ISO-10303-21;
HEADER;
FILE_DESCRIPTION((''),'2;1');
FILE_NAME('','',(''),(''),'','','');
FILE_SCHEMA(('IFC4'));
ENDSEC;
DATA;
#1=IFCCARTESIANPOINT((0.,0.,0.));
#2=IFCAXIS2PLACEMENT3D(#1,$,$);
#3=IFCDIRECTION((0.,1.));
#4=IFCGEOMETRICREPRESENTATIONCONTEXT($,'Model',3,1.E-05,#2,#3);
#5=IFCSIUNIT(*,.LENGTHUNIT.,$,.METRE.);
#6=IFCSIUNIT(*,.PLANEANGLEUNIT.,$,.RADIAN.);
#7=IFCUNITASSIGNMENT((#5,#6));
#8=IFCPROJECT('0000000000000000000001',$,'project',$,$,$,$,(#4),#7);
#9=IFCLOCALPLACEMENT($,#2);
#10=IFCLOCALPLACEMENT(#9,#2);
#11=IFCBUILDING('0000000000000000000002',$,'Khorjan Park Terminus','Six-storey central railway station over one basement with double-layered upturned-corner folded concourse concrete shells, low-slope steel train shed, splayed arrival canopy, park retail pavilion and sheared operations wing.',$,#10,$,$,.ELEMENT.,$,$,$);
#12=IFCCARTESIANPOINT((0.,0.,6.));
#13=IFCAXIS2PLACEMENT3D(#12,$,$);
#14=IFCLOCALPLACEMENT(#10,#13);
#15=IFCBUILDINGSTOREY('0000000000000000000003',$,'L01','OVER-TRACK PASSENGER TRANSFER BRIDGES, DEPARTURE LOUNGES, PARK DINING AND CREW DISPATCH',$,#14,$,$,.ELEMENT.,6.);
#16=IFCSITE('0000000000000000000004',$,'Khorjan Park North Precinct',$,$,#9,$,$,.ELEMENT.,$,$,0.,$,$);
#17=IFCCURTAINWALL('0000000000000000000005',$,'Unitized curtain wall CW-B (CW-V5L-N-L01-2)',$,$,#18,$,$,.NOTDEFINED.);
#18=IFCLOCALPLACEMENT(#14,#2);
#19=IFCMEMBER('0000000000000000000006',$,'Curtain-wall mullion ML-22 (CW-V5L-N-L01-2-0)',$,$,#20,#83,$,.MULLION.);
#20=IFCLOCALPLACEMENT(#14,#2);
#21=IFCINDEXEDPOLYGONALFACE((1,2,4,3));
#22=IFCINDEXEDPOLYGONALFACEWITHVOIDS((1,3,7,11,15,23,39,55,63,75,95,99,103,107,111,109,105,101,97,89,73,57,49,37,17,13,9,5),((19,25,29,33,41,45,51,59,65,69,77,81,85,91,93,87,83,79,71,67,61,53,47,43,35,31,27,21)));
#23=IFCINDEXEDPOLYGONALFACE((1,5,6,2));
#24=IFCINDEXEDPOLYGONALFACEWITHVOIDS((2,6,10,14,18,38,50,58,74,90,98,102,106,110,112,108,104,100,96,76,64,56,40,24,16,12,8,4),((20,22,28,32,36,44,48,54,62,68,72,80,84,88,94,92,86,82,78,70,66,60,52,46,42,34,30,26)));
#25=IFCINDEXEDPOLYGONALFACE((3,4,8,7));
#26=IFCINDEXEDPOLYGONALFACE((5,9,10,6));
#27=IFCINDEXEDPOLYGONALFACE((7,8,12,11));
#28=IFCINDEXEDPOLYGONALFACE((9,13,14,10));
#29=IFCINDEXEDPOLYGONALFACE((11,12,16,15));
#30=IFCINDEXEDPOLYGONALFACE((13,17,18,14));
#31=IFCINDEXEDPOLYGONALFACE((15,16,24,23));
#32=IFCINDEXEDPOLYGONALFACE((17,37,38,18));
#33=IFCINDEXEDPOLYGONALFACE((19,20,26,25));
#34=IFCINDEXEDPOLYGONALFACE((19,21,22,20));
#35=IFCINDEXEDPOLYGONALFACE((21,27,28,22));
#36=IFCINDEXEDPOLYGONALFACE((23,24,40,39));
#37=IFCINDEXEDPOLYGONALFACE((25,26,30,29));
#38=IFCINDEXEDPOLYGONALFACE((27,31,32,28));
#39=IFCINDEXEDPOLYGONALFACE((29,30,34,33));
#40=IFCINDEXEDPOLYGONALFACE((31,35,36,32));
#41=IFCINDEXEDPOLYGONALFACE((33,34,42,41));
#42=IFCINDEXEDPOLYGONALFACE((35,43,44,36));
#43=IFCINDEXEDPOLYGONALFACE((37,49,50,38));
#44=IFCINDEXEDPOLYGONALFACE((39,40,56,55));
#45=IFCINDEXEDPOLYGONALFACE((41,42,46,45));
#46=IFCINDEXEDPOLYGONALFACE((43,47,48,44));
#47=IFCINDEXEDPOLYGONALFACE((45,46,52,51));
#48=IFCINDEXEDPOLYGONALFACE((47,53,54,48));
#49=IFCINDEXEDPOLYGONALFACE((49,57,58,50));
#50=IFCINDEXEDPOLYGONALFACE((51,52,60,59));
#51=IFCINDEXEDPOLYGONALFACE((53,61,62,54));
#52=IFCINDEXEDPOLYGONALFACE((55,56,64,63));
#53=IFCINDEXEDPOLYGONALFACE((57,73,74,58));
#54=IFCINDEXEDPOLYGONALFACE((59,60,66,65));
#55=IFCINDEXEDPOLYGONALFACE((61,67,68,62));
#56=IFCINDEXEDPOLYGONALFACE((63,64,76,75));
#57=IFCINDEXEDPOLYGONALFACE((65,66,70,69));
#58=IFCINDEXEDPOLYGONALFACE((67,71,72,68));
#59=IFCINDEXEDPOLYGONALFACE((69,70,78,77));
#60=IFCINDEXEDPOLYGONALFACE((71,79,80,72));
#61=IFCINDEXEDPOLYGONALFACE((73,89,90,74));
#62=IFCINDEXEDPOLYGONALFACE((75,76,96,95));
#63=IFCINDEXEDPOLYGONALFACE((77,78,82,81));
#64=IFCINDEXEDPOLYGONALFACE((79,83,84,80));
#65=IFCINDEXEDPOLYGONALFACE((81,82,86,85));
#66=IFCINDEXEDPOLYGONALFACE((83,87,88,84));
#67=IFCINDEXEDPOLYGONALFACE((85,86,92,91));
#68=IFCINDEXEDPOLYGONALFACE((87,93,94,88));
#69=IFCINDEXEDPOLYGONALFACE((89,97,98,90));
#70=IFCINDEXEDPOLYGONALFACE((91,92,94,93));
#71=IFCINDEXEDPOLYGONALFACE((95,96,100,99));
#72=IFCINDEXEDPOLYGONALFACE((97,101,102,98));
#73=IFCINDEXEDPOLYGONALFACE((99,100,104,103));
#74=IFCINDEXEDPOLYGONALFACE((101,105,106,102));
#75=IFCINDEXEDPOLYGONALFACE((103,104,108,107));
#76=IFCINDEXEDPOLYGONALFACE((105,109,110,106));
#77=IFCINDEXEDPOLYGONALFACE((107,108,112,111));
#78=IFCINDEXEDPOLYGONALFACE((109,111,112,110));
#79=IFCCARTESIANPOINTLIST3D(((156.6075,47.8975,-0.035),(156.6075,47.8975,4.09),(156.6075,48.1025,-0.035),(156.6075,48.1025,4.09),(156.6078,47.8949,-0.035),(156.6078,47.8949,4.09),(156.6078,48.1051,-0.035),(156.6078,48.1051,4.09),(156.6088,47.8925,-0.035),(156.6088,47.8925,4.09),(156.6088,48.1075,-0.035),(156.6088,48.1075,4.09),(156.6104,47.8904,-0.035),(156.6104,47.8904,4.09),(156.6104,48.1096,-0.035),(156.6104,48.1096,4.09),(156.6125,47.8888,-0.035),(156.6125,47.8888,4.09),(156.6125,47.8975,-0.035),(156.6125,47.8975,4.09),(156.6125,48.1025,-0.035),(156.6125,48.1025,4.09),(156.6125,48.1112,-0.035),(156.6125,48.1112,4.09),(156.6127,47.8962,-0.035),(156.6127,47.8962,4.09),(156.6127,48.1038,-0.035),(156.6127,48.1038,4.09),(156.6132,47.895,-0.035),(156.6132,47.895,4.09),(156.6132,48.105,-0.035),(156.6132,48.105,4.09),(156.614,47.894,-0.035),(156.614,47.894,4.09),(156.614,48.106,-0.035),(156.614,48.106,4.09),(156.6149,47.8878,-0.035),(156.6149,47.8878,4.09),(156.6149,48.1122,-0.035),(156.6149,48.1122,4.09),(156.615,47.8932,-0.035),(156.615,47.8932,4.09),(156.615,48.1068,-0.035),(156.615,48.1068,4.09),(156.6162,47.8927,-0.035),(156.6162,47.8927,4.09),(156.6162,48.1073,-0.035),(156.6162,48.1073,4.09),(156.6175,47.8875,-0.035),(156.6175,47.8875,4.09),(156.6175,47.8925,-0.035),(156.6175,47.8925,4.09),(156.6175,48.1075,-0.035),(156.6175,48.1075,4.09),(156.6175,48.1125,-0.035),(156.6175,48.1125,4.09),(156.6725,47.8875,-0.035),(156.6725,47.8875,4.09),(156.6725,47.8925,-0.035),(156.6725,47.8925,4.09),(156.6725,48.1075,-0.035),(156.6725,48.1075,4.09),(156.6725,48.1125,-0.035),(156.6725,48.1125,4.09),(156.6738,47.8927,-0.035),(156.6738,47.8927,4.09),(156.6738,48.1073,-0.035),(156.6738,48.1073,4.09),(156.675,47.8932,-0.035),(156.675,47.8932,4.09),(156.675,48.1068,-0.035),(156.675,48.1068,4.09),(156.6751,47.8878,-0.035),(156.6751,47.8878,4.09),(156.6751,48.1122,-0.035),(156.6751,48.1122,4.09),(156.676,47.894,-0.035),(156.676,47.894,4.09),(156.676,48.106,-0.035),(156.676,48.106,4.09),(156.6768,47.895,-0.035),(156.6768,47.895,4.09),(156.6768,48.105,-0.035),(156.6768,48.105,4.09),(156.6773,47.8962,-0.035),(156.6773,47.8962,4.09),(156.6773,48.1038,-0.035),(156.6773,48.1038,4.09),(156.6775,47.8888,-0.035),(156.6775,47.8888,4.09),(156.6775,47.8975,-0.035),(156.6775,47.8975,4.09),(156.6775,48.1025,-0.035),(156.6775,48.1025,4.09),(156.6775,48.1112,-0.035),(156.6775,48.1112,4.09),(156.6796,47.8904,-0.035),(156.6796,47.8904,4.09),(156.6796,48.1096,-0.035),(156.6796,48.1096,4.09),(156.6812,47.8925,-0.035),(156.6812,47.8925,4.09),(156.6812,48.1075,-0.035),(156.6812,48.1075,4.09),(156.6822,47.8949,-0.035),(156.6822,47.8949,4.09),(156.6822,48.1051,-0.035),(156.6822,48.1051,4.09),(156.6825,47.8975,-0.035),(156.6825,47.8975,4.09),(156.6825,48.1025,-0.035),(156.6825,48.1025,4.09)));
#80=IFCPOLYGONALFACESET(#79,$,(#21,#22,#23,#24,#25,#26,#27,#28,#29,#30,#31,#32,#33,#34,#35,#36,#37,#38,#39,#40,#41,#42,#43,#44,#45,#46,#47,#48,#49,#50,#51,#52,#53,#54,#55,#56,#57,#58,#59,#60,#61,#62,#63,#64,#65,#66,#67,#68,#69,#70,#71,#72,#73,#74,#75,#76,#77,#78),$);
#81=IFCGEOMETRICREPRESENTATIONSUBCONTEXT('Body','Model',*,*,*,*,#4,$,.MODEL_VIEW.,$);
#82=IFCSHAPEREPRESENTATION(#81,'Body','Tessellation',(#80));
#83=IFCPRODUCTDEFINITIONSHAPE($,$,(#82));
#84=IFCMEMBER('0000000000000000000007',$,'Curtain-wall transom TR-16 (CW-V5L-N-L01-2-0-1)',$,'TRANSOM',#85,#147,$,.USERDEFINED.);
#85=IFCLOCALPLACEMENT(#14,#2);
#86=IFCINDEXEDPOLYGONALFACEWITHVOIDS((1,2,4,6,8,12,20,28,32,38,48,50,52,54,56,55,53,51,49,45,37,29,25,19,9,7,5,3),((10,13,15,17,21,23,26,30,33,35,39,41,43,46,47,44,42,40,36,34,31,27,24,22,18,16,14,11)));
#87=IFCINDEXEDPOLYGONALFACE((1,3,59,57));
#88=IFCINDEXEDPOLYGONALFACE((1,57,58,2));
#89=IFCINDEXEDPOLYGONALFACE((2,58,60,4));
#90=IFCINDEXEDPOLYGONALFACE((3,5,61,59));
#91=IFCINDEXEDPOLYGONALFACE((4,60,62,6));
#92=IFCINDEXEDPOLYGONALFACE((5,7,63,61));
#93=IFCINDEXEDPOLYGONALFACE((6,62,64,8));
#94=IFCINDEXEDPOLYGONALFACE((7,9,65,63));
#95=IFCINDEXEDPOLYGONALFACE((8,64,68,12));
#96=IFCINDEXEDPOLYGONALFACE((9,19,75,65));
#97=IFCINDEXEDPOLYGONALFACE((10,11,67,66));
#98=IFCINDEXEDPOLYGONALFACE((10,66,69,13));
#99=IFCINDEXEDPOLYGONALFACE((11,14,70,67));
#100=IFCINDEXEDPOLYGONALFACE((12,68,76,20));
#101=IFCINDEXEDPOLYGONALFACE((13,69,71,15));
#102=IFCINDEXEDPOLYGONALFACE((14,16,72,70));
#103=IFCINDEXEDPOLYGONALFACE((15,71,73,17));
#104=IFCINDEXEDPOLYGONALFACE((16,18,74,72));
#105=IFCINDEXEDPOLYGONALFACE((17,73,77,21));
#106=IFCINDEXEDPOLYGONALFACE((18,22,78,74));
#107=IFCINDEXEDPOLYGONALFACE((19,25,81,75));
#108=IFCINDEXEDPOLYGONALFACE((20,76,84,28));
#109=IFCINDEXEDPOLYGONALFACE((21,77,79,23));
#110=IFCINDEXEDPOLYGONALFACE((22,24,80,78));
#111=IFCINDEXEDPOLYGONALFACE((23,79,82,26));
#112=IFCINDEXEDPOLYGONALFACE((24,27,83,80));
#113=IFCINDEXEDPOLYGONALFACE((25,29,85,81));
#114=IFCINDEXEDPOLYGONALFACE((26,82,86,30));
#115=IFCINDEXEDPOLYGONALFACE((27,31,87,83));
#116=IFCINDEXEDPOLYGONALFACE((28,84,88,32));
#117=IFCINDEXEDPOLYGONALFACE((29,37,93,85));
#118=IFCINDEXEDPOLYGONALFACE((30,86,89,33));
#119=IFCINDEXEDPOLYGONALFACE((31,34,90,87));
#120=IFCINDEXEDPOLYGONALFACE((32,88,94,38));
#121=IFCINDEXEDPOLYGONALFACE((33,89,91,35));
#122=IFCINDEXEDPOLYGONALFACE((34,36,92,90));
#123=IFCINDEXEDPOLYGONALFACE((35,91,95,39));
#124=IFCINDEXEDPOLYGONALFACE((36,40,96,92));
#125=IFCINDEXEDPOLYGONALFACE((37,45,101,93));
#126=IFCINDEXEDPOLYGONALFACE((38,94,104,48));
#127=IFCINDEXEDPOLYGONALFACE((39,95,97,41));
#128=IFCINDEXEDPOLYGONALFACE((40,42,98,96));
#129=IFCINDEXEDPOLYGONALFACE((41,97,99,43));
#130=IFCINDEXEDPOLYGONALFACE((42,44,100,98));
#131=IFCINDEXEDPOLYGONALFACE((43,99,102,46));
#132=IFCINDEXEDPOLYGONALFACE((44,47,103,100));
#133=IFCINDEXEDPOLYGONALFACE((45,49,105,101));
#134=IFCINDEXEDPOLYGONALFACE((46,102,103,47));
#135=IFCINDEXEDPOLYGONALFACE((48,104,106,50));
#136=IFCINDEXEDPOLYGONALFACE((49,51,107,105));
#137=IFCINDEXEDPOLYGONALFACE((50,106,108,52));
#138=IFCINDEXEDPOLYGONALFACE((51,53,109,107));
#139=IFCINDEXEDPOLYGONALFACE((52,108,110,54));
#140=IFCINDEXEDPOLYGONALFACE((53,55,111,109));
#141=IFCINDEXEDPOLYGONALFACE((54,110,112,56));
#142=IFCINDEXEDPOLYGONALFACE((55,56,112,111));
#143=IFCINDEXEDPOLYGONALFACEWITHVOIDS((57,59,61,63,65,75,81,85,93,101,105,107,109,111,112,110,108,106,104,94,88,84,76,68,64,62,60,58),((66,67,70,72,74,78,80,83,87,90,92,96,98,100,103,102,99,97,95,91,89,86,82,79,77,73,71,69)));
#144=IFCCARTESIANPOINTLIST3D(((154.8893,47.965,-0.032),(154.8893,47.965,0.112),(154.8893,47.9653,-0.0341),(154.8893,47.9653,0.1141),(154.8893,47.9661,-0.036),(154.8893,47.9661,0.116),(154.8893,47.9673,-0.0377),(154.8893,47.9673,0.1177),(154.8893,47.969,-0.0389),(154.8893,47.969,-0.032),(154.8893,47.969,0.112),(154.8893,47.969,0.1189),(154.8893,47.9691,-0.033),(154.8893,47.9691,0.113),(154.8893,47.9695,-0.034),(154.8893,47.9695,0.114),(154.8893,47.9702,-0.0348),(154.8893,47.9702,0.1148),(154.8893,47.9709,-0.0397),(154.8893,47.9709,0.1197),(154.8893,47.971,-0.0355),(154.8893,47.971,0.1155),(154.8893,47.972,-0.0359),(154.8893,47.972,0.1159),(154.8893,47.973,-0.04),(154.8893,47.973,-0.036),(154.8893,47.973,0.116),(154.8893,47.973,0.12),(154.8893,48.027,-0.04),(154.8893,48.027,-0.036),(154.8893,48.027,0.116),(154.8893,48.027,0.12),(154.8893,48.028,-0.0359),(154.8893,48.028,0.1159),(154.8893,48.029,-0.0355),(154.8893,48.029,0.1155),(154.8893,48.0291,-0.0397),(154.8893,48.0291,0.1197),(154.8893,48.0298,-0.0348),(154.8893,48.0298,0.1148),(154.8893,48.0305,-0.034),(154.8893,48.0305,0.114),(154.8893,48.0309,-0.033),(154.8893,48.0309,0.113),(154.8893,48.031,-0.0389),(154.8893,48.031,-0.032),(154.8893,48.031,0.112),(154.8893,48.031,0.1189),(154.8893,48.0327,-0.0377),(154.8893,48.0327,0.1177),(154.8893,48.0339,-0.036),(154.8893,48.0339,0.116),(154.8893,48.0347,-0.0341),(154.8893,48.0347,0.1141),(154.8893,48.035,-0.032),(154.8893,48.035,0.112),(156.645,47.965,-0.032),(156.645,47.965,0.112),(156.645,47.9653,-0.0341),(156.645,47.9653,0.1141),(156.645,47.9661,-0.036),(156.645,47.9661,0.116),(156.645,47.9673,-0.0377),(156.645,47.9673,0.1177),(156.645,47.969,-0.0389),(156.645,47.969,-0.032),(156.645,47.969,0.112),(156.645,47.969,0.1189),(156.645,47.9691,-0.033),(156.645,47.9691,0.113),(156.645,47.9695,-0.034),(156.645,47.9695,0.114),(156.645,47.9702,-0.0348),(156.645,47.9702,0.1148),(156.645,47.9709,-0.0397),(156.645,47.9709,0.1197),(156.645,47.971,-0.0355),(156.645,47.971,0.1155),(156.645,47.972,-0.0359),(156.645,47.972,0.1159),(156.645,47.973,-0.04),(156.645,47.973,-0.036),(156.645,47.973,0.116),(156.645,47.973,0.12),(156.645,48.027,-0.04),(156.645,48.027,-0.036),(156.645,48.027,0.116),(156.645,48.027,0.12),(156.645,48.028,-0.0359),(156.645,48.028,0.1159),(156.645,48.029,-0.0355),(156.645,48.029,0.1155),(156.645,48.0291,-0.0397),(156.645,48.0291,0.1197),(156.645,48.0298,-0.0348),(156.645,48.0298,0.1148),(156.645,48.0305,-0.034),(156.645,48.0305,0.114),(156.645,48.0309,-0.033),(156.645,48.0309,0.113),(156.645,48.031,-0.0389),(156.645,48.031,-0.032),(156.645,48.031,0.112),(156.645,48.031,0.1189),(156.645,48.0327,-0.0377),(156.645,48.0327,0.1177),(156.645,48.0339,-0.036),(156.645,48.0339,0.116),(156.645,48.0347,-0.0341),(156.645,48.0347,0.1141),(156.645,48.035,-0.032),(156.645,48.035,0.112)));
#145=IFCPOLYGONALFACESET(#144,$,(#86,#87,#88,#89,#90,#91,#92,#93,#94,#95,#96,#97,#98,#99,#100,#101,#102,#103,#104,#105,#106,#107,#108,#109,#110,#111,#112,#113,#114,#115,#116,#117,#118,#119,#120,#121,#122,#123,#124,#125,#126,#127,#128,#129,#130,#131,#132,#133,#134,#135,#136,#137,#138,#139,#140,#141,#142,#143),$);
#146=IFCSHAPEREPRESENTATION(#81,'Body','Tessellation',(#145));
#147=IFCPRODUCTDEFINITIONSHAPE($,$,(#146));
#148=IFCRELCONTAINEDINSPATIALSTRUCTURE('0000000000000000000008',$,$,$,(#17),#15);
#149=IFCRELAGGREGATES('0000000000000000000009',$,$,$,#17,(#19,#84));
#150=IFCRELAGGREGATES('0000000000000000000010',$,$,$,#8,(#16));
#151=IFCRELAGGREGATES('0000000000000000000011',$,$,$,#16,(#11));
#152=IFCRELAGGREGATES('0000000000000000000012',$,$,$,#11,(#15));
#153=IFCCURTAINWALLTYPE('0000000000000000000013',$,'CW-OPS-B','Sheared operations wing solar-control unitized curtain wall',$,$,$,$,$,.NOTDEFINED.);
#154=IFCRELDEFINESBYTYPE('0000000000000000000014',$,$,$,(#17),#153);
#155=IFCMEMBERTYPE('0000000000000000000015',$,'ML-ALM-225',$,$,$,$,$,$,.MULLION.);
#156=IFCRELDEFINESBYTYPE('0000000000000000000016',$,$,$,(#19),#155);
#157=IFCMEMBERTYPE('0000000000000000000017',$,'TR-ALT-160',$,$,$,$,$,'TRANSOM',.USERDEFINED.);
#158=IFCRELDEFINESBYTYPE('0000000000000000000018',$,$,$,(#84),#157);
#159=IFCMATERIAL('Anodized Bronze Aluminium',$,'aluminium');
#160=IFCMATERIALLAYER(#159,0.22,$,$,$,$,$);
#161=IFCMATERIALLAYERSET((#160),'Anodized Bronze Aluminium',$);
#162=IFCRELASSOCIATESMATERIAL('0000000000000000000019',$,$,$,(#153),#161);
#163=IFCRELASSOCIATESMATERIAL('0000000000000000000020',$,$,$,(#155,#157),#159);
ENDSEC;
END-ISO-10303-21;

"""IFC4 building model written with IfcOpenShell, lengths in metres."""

from ifc_helpers import new_model, si_unit, direction, frame, origin, origin_2d, place, context, subcontext, project, spatial, hollow_rectangle, extrude, material, layer, layer_set, material_profile, profile_set, type_object, element, aggregate, save


model = new_model("IFC4")

# Units and contexts
model_context = context("Model", 3, precision=1e-05, world=origin(), true_north=direction((0.0, 1.0)))
body_context = subcontext(model_context, "Body", "Model", "MODEL_VIEW")
ifc_project = project(units=[si_unit("LENGTHUNIT", "METRE"), si_unit("PLANEANGLEUNIT", "RADIAN")], contexts=[model_context])

# Site, building, storey
site_placement = place(None, origin())
site = spatial("IfcSite", under=ifc_project, at=site_placement, Name="Khorjan Park North Precinct", CompositionType="ELEMENT", RefElevation=0.0)
building_placement = place(site_placement, origin())
building = spatial("IfcBuilding", under=site, at=building_placement, Name="Khorjan Park Terminus", Description="Six-storey central railway station over one basement with double-layered upturned-corner folded concourse concrete shells, low-slope steel train shed, splayed arrival canopy, park retail pavilion and sheared operations wing.", CompositionType="ELEMENT")
storey_placement = place(building_placement, frame((0.0, 0.0, 6.0)))
storey = spatial("IfcBuildingStorey", under=building, at=storey_placement, Name="L01", Description="OVER-TRACK PASSENGER TRANSFER BRIDGES, DEPARTURE LOUNGES, PARK DINING AND CREW DISPATCH", CompositionType="ELEMENT", Elevation=6.0)

# Curtain wall, members
ifc_material_1 = material(Name="Anodized Bronze Aluminium", Category="aluminium")
ifc_layer_1 = layer(ifc_material_1, 0.22)
ifc_layer_set_1 = layer_set([ifc_layer_1], Name="Anodized Bronze Aluminium")
curtain_wall_type = type_object("IfcCurtainWallType", Name="CW-OPS-B", Description="Sheared operations wing solar-control unitized curtain wall", PredefinedType="NOTDEFINED", material=ifc_layer_set_1)
curtain_wall_placement = place(storey_placement, origin())
curtain_wall = element("IfcCurtainWall", 1, at=curtain_wall_placement, inside=storey, type_object=curtain_wall_type, Name="Unitized curtain wall CW-B (CW-V5L-N-L01-2)", PredefinedType="NOTDEFINED")
ifc_material_profile_1 = material_profile(ifc_material_1, hollow_rectangle(XDim=0.075, YDim=0.225, WallThickness=0.005, InnerFilletRadius=0.005, OuterFilletRadius=0.01, at=origin_2d()), Name="ALM 75x225x5")
ifc_profile_set_1 = profile_set([ifc_material_profile_1], Name="Anodized Bronze Aluminium")
member_type_1 = type_object("IfcMemberType", Name="ML-ALM-225", PredefinedType="MULLION", material=ifc_profile_set_1)
member_1_placement = place(storey_placement, frame((156.645, 48.0, -0.035), z_axis=(0.0, 0.0, 1.0), x_axis=(-1.0, 0.0, 0.0)))
member_1 = element("IfcMember", 2, at=member_1_placement, type_object=member_type_1, Name="Curtain-wall mullion ML-22 (CW-V5L-N-L01-2-0)", PredefinedType="MULLION", context=body_context, shape_type="SweptSolid", body=[
    extrude(hollow_rectangle(XDim=0.075, YDim=0.225, WallThickness=0.005, InnerFilletRadius=0.005, OuterFilletRadius=0.01, at=origin_2d()), origin(), (0.0, 0.0, 1.0), 4.125),
])
ifc_material_profile_2 = material_profile(ifc_material_1, hollow_rectangle(XDim=0.07, YDim=0.16, WallThickness=0.004, InnerFilletRadius=0.004, OuterFilletRadius=0.008, at=origin_2d()), Name="ALT 70x160x4")
ifc_profile_set_2 = profile_set([ifc_material_profile_2], Name="Anodized Bronze Aluminium")
member_type_2 = type_object("IfcMemberType", Name="TR-ALT-160", ElementType="TRANSOM", PredefinedType="USERDEFINED", material=ifc_profile_set_2)
member_2_placement = place(storey_placement, frame((156.645, 48.0, 0.04), z_axis=(-1.0, 0.0, 0.0), x_axis=(0.0, -1.0, 0.0)))
member_2 = element("IfcMember", 3, at=member_2_placement, type_object=member_type_2, Name="Curtain-wall transom TR-16 (CW-V5L-N-L01-2-0-1)", ObjectType="TRANSOM", PredefinedType="USERDEFINED", context=body_context, shape_type="SweptSolid", body=[
    extrude(hollow_rectangle(XDim=0.07, YDim=0.16, WallThickness=0.004, InnerFilletRadius=0.004, OuterFilletRadius=0.008, at=origin_2d()), origin(), (0.0, 0.0, 1.0), 1.7557),
])
aggregate(curtain_wall, [member_1, member_2])

save(model, "model.ifc")
